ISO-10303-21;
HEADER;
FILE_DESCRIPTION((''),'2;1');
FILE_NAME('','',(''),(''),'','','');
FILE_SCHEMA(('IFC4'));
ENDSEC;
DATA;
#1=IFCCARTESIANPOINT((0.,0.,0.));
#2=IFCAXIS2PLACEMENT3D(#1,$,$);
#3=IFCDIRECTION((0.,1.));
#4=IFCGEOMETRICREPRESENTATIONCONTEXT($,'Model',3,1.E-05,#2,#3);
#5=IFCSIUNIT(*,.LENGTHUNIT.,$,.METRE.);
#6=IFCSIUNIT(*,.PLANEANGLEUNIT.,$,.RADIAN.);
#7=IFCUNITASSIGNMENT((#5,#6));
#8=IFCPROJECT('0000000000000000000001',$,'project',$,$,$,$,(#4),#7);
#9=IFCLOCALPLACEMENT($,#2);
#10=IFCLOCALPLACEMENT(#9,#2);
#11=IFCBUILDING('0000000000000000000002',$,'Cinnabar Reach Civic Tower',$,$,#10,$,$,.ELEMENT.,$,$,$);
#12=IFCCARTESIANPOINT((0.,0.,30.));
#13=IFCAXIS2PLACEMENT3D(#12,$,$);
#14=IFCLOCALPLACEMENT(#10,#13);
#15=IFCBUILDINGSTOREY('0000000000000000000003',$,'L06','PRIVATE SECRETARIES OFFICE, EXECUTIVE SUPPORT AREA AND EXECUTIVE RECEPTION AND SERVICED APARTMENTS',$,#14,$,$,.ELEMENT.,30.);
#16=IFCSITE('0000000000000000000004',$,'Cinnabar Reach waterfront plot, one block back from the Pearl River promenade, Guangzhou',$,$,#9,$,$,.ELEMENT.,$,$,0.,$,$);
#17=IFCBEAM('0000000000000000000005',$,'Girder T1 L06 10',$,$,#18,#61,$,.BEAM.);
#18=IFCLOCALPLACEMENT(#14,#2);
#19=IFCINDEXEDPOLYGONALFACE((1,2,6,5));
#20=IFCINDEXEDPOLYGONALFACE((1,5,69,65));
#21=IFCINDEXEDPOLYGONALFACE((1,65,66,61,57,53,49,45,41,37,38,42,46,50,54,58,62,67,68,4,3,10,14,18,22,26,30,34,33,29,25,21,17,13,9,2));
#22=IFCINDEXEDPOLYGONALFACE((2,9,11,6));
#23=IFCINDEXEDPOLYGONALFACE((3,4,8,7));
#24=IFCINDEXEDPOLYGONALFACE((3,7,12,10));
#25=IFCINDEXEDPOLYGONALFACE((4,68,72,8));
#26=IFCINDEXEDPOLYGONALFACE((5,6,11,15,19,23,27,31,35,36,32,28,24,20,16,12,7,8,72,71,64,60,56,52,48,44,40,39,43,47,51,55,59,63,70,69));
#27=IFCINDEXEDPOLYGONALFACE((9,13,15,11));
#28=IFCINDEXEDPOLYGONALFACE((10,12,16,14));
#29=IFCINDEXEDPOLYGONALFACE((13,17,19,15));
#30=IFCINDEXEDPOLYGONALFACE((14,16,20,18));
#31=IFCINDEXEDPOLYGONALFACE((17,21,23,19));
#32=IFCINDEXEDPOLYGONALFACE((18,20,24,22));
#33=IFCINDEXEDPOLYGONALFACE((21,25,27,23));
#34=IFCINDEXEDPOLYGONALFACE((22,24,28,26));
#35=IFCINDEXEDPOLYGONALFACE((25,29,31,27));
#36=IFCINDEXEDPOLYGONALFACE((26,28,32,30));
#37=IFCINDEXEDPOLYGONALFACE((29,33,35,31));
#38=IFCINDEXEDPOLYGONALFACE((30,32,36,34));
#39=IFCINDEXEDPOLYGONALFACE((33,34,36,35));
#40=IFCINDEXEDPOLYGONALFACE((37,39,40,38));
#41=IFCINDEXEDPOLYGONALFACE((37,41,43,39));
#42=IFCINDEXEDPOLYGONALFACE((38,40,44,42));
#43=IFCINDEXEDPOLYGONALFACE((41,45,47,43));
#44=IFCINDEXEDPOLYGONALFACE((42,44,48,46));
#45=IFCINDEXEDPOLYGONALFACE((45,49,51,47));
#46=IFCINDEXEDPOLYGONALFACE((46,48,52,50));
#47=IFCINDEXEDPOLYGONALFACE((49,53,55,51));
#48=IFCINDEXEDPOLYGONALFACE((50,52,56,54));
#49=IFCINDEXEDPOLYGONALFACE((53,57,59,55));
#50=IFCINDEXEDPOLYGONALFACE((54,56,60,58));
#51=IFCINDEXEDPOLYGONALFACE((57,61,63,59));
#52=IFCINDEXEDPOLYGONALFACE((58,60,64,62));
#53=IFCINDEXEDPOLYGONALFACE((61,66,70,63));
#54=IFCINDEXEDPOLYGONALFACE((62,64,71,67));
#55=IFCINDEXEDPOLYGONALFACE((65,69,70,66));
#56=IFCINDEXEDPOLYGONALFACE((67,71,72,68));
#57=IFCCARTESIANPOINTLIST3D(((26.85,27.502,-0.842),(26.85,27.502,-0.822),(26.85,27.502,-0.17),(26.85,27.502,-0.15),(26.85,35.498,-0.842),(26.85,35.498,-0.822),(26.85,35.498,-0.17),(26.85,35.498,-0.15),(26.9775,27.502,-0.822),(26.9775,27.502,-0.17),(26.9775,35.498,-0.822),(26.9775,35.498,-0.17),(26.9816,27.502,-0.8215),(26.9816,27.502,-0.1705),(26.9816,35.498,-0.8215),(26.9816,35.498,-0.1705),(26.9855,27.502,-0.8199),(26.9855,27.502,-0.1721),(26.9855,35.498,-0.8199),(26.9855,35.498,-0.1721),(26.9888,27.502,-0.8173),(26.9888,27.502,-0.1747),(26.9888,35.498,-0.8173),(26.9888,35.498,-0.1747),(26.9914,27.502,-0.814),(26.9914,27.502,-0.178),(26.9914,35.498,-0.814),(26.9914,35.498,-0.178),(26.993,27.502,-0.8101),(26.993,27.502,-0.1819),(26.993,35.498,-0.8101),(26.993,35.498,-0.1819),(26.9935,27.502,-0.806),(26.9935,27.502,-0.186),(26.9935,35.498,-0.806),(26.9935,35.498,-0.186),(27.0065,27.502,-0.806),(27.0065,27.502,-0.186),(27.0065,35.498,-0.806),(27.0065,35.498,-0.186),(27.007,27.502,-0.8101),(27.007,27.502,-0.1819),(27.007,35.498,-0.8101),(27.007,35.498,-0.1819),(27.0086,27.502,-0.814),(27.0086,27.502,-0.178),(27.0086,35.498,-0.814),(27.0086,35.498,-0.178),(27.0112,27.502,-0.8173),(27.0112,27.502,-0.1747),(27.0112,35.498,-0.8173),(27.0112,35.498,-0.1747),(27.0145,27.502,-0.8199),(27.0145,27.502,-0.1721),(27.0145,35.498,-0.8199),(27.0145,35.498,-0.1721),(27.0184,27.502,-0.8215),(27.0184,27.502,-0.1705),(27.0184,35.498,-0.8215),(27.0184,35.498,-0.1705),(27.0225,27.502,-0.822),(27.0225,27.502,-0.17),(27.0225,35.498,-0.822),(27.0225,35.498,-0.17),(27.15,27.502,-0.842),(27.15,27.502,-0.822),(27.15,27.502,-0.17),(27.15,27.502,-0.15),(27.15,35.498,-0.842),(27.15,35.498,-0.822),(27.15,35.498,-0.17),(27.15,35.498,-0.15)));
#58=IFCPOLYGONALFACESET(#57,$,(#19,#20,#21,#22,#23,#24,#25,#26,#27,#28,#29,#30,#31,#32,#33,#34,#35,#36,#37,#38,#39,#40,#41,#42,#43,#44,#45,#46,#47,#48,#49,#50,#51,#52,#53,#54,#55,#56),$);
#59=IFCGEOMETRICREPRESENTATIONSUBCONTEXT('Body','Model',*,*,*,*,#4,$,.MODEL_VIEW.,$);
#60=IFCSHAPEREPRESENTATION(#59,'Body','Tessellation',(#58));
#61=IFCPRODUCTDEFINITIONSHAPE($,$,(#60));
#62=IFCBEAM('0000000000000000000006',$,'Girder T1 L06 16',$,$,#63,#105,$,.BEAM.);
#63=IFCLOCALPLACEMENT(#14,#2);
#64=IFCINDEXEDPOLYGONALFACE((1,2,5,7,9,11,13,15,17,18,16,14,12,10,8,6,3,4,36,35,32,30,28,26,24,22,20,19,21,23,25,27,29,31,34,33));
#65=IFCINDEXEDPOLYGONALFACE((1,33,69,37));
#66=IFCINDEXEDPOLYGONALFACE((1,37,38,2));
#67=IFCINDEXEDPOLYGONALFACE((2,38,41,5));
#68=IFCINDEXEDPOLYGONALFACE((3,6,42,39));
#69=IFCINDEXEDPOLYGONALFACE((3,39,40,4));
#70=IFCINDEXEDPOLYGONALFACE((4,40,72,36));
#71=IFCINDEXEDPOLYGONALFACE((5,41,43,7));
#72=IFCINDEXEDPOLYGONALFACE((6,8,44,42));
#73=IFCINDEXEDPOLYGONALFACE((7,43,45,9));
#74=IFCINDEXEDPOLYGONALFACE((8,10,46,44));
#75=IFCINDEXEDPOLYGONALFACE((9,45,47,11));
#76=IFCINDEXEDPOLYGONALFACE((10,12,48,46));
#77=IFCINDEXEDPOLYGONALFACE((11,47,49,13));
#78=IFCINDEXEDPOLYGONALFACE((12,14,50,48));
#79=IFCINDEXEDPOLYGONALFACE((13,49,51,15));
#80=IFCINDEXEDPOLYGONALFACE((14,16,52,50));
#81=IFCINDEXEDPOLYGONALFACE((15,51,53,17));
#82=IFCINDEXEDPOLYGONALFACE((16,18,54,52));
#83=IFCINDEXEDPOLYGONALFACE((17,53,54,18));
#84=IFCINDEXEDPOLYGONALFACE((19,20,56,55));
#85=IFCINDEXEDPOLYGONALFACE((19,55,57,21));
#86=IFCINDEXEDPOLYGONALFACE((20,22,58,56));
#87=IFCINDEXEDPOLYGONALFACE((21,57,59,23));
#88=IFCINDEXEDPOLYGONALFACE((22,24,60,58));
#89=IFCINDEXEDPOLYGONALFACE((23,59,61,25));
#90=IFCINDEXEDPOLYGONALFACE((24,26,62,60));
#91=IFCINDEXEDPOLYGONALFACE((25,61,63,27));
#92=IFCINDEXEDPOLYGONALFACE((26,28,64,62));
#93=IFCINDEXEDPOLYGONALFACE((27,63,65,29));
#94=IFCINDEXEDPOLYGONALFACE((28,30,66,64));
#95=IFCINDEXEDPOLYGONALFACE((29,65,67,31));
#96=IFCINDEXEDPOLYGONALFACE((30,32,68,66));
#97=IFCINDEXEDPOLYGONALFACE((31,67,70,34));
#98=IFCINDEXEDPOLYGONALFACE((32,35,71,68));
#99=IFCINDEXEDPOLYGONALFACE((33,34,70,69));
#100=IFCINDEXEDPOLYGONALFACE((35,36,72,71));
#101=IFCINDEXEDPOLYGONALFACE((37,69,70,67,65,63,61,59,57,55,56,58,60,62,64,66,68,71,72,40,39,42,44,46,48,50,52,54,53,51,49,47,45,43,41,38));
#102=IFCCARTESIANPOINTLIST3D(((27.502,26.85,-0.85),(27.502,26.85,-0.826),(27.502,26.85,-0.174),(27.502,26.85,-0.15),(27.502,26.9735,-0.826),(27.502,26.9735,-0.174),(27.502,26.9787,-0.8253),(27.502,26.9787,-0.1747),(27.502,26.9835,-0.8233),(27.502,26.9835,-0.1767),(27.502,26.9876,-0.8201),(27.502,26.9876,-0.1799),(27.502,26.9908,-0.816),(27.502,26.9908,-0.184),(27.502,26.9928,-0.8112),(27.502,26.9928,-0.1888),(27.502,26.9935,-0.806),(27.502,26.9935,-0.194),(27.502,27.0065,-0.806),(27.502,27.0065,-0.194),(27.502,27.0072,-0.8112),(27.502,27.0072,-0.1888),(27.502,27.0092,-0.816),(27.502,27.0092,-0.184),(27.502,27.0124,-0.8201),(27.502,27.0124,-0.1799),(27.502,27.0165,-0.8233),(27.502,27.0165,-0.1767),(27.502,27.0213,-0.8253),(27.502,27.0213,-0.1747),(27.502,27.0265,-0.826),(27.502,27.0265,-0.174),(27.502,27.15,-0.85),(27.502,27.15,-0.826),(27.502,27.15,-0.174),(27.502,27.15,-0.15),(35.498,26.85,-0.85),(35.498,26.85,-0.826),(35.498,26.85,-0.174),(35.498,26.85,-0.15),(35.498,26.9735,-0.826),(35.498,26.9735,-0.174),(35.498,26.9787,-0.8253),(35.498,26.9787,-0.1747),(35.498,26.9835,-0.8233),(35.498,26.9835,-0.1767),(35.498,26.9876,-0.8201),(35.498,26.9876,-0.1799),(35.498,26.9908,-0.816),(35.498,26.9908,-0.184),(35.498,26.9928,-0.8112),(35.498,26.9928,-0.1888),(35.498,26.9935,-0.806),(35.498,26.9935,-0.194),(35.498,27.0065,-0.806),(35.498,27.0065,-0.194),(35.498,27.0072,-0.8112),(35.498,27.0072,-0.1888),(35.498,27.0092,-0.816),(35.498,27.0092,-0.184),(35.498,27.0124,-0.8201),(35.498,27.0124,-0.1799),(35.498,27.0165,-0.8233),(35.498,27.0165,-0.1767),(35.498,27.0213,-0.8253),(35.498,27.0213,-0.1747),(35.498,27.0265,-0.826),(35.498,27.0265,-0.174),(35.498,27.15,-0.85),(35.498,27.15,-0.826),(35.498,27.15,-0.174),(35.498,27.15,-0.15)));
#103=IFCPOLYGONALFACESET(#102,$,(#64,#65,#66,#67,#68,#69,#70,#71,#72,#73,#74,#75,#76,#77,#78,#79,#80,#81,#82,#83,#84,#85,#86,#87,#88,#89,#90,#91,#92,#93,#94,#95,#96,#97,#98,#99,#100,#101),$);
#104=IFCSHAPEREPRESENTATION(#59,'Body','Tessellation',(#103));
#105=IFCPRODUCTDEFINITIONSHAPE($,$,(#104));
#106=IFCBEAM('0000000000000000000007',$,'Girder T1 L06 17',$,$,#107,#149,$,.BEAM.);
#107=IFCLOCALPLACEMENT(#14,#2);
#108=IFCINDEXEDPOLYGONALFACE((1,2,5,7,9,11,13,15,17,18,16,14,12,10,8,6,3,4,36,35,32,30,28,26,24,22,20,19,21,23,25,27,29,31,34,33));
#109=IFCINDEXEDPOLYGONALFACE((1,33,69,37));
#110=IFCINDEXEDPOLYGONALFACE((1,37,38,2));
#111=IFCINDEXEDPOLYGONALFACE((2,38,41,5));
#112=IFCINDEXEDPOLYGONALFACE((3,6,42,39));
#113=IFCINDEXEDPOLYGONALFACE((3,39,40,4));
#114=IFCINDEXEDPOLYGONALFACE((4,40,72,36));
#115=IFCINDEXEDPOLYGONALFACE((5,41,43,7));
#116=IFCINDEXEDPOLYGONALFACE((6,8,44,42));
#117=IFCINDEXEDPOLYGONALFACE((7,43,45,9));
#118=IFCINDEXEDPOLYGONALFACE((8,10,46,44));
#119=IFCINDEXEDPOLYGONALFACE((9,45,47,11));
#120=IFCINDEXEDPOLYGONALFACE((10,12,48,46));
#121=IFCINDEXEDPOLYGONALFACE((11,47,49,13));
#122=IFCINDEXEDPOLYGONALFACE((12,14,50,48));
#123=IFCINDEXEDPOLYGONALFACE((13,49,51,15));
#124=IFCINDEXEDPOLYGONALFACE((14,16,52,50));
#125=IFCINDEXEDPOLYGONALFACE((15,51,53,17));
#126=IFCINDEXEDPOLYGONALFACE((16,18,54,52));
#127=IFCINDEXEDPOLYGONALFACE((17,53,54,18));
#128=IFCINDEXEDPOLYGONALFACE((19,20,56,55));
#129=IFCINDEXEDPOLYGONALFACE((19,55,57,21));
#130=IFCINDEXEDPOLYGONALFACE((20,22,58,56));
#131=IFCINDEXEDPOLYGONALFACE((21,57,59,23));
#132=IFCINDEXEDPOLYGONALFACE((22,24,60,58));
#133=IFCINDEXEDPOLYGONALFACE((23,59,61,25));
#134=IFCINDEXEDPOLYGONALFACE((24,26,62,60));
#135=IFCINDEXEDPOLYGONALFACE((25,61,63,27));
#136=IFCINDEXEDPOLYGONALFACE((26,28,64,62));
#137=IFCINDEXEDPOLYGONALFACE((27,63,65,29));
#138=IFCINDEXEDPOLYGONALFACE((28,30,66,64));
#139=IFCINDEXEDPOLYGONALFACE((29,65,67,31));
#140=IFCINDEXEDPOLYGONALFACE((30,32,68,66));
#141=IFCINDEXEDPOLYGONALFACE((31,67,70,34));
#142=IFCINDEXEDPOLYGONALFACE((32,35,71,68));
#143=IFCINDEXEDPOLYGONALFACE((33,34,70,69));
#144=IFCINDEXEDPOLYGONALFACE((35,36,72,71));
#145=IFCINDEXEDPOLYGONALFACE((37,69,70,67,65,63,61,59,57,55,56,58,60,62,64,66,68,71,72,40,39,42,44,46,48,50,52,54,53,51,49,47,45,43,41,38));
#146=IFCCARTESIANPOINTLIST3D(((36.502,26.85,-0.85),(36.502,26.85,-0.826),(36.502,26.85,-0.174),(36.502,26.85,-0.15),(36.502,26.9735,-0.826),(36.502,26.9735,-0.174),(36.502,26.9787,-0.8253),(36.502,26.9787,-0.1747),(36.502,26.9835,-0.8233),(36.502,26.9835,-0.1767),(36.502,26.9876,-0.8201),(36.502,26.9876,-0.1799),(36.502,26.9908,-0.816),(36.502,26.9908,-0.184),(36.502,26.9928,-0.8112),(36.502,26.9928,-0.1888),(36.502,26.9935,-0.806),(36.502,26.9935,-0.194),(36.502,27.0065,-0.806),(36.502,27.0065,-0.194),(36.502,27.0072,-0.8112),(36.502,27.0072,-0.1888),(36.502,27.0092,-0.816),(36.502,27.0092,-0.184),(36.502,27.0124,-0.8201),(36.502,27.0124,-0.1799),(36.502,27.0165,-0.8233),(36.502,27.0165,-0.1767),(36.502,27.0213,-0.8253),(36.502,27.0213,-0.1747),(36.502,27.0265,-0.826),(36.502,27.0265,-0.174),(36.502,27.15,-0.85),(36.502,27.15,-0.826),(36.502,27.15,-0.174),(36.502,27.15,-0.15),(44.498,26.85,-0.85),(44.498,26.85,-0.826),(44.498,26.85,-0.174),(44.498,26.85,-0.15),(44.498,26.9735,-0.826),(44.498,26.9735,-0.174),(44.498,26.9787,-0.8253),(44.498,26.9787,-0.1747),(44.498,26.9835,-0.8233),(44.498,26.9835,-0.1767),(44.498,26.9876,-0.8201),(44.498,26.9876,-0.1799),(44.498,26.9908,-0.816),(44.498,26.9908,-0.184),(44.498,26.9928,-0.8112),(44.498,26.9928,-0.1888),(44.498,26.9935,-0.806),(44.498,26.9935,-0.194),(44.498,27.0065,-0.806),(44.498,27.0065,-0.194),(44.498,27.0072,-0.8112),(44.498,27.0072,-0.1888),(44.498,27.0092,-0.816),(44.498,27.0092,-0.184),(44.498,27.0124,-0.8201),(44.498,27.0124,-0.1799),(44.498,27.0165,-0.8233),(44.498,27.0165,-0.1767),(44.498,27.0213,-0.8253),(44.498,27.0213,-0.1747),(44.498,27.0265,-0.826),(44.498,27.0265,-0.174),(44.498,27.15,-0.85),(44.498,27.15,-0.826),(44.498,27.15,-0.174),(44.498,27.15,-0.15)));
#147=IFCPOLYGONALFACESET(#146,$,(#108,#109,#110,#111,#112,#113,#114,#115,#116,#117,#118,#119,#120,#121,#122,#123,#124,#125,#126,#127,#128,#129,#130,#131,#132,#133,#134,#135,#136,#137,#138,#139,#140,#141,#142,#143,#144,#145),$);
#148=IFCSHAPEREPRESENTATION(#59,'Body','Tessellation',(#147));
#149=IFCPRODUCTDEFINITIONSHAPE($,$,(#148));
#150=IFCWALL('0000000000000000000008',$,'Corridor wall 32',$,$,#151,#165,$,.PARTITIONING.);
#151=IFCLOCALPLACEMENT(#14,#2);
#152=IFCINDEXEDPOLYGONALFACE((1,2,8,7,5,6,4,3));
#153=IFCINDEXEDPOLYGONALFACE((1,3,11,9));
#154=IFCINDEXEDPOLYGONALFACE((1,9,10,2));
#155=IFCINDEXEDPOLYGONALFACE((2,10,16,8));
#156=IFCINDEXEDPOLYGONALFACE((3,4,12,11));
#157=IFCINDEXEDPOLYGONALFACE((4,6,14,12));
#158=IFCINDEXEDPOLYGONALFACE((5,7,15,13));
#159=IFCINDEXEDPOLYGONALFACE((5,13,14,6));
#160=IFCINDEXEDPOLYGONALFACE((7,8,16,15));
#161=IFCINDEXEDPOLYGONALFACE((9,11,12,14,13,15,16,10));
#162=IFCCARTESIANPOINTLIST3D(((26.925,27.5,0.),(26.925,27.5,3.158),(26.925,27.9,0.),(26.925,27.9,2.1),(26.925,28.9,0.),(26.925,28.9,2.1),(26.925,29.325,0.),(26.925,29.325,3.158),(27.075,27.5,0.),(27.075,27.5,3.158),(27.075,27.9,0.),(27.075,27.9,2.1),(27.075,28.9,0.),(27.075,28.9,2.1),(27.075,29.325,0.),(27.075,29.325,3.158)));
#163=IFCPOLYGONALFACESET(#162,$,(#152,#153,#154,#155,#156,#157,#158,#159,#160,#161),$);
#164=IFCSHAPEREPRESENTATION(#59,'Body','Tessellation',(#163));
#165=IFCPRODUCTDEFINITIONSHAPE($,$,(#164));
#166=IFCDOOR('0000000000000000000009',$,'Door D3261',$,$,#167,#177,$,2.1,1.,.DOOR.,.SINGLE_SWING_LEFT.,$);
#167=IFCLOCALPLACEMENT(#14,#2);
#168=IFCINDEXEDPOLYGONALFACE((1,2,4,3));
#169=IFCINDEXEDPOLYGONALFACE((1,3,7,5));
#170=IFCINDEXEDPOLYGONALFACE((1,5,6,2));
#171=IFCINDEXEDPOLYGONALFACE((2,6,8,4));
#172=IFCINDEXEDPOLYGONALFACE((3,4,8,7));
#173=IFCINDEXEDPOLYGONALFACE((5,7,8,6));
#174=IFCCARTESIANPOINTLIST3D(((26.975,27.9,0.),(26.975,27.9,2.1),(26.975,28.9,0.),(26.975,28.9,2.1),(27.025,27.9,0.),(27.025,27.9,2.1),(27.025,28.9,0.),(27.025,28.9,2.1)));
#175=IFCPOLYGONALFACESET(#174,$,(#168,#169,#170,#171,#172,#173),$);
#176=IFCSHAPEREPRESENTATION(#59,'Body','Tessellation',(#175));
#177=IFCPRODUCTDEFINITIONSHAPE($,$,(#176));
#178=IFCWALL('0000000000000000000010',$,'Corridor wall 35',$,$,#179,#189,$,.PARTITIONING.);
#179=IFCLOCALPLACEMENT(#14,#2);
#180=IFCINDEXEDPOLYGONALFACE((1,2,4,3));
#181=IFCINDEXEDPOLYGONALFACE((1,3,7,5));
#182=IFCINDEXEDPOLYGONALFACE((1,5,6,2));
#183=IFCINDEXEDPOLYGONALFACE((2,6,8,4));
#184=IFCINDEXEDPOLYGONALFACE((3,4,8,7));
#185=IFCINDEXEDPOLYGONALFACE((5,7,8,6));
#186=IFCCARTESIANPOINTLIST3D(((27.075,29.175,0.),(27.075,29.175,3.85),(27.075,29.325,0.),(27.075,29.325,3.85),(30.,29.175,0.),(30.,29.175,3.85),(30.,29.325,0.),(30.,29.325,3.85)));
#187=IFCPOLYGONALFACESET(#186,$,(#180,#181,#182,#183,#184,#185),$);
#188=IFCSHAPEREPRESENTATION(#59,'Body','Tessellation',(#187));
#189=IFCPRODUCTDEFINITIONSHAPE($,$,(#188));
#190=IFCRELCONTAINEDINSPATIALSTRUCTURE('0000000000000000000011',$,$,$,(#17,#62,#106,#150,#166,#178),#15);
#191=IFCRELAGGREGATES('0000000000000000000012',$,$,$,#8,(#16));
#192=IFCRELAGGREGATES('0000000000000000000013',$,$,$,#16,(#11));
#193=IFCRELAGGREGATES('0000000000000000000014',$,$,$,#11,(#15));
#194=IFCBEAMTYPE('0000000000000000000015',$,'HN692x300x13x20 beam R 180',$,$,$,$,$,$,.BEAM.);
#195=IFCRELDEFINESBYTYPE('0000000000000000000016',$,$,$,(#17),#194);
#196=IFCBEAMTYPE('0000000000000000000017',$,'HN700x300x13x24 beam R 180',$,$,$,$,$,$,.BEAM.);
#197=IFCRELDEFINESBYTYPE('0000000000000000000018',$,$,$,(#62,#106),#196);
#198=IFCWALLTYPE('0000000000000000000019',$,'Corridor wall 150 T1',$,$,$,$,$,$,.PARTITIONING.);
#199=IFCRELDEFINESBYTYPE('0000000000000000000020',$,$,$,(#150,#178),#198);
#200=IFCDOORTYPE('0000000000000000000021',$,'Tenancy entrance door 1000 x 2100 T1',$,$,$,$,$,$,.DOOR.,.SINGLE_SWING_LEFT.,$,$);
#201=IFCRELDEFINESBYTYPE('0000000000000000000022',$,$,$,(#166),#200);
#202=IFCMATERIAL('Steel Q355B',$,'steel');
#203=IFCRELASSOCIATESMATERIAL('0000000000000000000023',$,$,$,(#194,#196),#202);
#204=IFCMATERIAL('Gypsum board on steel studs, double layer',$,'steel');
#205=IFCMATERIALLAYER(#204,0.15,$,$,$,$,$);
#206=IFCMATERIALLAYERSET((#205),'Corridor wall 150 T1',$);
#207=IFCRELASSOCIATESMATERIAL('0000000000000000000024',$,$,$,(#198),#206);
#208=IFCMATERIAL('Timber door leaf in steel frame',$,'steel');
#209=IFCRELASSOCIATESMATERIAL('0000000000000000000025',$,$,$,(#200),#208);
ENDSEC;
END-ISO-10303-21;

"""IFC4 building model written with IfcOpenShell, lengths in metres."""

from ifc_helpers import new_model, si_unit, direction, frame, frame_2d, origin, origin_2d, place, context, subcontext, project, spatial, rectangle, i_section, extrude, material, layer, layer_set, material_profile, profile_set, type_object, element, fill, save


model = new_model("IFC4")

# Units and contexts
model_context = context("Model", 3, precision=1e-05, world=origin(), true_north=direction((0.0, 1.0)))
body_context = subcontext(model_context, "Body", "Model", "MODEL_VIEW")
ifc_project = project(units=[si_unit("LENGTHUNIT", "METRE"), si_unit("PLANEANGLEUNIT", "RADIAN")], contexts=[model_context])

# Site, building, storey
site_placement = place(None, origin())
site = spatial("IfcSite", under=ifc_project, at=site_placement, Name="Cinnabar Reach waterfront plot, one block back from the Pearl River promenade, Guangzhou", CompositionType="ELEMENT", RefElevation=0.0)
building_placement = place(site_placement, origin())
building = spatial("IfcBuilding", under=site, at=building_placement, Name="Cinnabar Reach Civic Tower", CompositionType="ELEMENT")
storey_placement = place(building_placement, frame((0.0, 0.0, 30.0)))
storey = spatial("IfcBuildingStorey", under=building, at=storey_placement, Name="L06", Description="PRIVATE SECRETARIES OFFICE, EXECUTIVE SUPPORT AREA AND EXECUTIVE RECEPTION AND SERVICED APARTMENTS", CompositionType="ELEMENT", Elevation=30.0)

# Beams
ifc_material_1 = material(Name="Steel Q355B", Category="steel")
ifc_material_profile_1 = material_profile(ifc_material_1, i_section(OverallWidth=0.3, OverallDepth=0.692, WebThickness=0.013, FlangeThickness=0.02, FilletRadius=0.016, at=origin_2d()), Name="HN692x300x13x20")
ifc_profile_set_1 = profile_set([ifc_material_profile_1], Name="Steel Q355B")
beam_type_1 = type_object("IfcBeamType", Name="HN692x300x13x20 beam R 180", PredefinedType="BEAM", material=ifc_profile_set_1)
beam_1_placement = place(storey_placement, frame((27.0, 27.502, -0.496), z_axis=(0.0, 1.0, 0.0), x_axis=(-1.0, 0.0, 0.0)))
element("IfcBeam", 1, at=beam_1_placement, inside=storey, type_object=beam_type_1, Name="Girder T1 L06 10", PredefinedType="BEAM", context=body_context, shape_type="SweptSolid", body=[
    extrude(i_section(OverallWidth=0.3, OverallDepth=0.692, WebThickness=0.013, FlangeThickness=0.02, FilletRadius=0.016, at=origin_2d()), origin(), (0.0, 0.0, 1.0), 7.996),
])
ifc_material_profile_2 = material_profile(ifc_material_1, i_section(OverallWidth=0.3, OverallDepth=0.7, WebThickness=0.013, FlangeThickness=0.024, FilletRadius=0.02, at=origin_2d()), Name="HN700x300x13x24")
ifc_profile_set_2 = profile_set([ifc_material_profile_2], Name="Steel Q355B")
beam_type_2 = type_object("IfcBeamType", Name="HN700x300x13x24 beam R 180", PredefinedType="BEAM", material=ifc_profile_set_2)
for number, where, z_axis, x_axis, name in (
    (2, (27.502, 27.0, -0.5), (1.0, 0.0, 0.0), (0.0, 1.0, 0.0), "Girder T1 L06 16"),
    (3, (36.502, 27.0, -0.5), (1.0, 0.0, 0.0), (0.0, 1.0, 0.0), "Girder T1 L06 17"),
):
    element("IfcBeam", number, at=place(storey_placement, frame(where, z_axis=z_axis, x_axis=x_axis)), inside=storey, type_object=beam_type_2, Name=name, PredefinedType="BEAM", context=body_context, shape_type="SweptSolid", body=[
        extrude(i_section(OverallWidth=0.3, OverallDepth=0.7, WebThickness=0.013, FlangeThickness=0.024, FilletRadius=0.02, at=origin_2d()), origin(), (0.0, 0.0, 1.0), 7.996),
    ])

# Wall, opening, door
ifc_material_2 = material(Name="Gypsum board on steel studs, double layer", Category="steel")
ifc_layer_1 = layer(ifc_material_2, 0.15)
ifc_layer_set_1 = layer_set([ifc_layer_1], Name="Corridor wall 150 T1")
wall_type_1 = type_object("IfcWallType", Name="Corridor wall 150 T1", PredefinedType="PARTITIONING", material=ifc_layer_set_1)
wall_1_placement = place(storey_placement, frame((27.0, 27.5, 0.0), z_axis=(0.0, 0.0, 1.0), x_axis=(0.0, 1.0, 0.0)))
wall_1 = element("IfcWall", 4, at=wall_1_placement, inside=storey, type_object=wall_type_1, Name="Corridor wall 32", PredefinedType="PARTITIONING", context=body_context, shape_type="SweptSolid", body=[
    extrude(rectangle(XDim=1.825, YDim=0.15, at=frame_2d((0.9125, 0.0))), origin(), (0.0, 0.0, 1.0), 3.158),
])
opening_1_placement = place(wall_1_placement, frame((0.4, 0.0, 0.0)))
opening_1 = element("IfcOpeningElement", 5, at=opening_1_placement, cuts=wall_1, PredefinedType="OPENING", context=body_context, shape_type="SweptSolid", body=[
    extrude(rectangle(XDim=1.0, YDim=2.1, at=frame_2d((0.5, 1.05))), frame((0.0, 0.085, 0.0), z_axis=(0.0, -1.0, 0.0), x_axis=(1.0, 0.0, 0.0)), (0.0, 0.0, 1.0), 0.17),
])
ifc_material_3 = material(Name="Timber door leaf in steel frame", Category="steel")
door_type_1 = type_object("IfcDoorType", Name="Tenancy entrance door 1000 x 2100 T1", OperationType="SINGLE_SWING_LEFT", PredefinedType="DOOR", material=ifc_material_3)
door_1_placement = place(opening_1_placement, frame((1.0, 0.0, 0.0), z_axis=(0.0, 0.0, 1.0), x_axis=(-1.0, 0.0, 0.0)))
door_1 = element("IfcDoor", 6, at=door_1_placement, inside=storey, type_object=door_type_1, Name="Door D3261", OperationType="SINGLE_SWING_LEFT", OverallHeight=2.1, OverallWidth=1.0, PredefinedType="DOOR", context=body_context, shape_type="SweptSolid", body=[
    extrude(rectangle(XDim=1.0, YDim=2.1, at=frame_2d((0.5, 1.05))), frame((0.0, 0.025, 0.0), z_axis=(0.0, -1.0, 0.0), x_axis=(1.0, 0.0, 0.0)), (0.0, 0.0, 1.0), 0.05),
])
fill(opening_1, door_1)

# Wall
wall_2_placement = place(storey_placement, frame((27.075, 29.25, 0.0), z_axis=(0.0, 0.0, 1.0), x_axis=(1.0, 0.0, 0.0)))
element("IfcWall", 7, at=wall_2_placement, inside=storey, type_object=wall_type_1, Name="Corridor wall 35", PredefinedType="PARTITIONING", context=body_context, shape_type="SweptSolid", body=[
    extrude(rectangle(XDim=2.925, YDim=0.15, at=frame_2d((1.4625, 0.0))), origin(), (0.0, 0.0, 1.0), 3.85),
])

save(model, "model.ifc")
